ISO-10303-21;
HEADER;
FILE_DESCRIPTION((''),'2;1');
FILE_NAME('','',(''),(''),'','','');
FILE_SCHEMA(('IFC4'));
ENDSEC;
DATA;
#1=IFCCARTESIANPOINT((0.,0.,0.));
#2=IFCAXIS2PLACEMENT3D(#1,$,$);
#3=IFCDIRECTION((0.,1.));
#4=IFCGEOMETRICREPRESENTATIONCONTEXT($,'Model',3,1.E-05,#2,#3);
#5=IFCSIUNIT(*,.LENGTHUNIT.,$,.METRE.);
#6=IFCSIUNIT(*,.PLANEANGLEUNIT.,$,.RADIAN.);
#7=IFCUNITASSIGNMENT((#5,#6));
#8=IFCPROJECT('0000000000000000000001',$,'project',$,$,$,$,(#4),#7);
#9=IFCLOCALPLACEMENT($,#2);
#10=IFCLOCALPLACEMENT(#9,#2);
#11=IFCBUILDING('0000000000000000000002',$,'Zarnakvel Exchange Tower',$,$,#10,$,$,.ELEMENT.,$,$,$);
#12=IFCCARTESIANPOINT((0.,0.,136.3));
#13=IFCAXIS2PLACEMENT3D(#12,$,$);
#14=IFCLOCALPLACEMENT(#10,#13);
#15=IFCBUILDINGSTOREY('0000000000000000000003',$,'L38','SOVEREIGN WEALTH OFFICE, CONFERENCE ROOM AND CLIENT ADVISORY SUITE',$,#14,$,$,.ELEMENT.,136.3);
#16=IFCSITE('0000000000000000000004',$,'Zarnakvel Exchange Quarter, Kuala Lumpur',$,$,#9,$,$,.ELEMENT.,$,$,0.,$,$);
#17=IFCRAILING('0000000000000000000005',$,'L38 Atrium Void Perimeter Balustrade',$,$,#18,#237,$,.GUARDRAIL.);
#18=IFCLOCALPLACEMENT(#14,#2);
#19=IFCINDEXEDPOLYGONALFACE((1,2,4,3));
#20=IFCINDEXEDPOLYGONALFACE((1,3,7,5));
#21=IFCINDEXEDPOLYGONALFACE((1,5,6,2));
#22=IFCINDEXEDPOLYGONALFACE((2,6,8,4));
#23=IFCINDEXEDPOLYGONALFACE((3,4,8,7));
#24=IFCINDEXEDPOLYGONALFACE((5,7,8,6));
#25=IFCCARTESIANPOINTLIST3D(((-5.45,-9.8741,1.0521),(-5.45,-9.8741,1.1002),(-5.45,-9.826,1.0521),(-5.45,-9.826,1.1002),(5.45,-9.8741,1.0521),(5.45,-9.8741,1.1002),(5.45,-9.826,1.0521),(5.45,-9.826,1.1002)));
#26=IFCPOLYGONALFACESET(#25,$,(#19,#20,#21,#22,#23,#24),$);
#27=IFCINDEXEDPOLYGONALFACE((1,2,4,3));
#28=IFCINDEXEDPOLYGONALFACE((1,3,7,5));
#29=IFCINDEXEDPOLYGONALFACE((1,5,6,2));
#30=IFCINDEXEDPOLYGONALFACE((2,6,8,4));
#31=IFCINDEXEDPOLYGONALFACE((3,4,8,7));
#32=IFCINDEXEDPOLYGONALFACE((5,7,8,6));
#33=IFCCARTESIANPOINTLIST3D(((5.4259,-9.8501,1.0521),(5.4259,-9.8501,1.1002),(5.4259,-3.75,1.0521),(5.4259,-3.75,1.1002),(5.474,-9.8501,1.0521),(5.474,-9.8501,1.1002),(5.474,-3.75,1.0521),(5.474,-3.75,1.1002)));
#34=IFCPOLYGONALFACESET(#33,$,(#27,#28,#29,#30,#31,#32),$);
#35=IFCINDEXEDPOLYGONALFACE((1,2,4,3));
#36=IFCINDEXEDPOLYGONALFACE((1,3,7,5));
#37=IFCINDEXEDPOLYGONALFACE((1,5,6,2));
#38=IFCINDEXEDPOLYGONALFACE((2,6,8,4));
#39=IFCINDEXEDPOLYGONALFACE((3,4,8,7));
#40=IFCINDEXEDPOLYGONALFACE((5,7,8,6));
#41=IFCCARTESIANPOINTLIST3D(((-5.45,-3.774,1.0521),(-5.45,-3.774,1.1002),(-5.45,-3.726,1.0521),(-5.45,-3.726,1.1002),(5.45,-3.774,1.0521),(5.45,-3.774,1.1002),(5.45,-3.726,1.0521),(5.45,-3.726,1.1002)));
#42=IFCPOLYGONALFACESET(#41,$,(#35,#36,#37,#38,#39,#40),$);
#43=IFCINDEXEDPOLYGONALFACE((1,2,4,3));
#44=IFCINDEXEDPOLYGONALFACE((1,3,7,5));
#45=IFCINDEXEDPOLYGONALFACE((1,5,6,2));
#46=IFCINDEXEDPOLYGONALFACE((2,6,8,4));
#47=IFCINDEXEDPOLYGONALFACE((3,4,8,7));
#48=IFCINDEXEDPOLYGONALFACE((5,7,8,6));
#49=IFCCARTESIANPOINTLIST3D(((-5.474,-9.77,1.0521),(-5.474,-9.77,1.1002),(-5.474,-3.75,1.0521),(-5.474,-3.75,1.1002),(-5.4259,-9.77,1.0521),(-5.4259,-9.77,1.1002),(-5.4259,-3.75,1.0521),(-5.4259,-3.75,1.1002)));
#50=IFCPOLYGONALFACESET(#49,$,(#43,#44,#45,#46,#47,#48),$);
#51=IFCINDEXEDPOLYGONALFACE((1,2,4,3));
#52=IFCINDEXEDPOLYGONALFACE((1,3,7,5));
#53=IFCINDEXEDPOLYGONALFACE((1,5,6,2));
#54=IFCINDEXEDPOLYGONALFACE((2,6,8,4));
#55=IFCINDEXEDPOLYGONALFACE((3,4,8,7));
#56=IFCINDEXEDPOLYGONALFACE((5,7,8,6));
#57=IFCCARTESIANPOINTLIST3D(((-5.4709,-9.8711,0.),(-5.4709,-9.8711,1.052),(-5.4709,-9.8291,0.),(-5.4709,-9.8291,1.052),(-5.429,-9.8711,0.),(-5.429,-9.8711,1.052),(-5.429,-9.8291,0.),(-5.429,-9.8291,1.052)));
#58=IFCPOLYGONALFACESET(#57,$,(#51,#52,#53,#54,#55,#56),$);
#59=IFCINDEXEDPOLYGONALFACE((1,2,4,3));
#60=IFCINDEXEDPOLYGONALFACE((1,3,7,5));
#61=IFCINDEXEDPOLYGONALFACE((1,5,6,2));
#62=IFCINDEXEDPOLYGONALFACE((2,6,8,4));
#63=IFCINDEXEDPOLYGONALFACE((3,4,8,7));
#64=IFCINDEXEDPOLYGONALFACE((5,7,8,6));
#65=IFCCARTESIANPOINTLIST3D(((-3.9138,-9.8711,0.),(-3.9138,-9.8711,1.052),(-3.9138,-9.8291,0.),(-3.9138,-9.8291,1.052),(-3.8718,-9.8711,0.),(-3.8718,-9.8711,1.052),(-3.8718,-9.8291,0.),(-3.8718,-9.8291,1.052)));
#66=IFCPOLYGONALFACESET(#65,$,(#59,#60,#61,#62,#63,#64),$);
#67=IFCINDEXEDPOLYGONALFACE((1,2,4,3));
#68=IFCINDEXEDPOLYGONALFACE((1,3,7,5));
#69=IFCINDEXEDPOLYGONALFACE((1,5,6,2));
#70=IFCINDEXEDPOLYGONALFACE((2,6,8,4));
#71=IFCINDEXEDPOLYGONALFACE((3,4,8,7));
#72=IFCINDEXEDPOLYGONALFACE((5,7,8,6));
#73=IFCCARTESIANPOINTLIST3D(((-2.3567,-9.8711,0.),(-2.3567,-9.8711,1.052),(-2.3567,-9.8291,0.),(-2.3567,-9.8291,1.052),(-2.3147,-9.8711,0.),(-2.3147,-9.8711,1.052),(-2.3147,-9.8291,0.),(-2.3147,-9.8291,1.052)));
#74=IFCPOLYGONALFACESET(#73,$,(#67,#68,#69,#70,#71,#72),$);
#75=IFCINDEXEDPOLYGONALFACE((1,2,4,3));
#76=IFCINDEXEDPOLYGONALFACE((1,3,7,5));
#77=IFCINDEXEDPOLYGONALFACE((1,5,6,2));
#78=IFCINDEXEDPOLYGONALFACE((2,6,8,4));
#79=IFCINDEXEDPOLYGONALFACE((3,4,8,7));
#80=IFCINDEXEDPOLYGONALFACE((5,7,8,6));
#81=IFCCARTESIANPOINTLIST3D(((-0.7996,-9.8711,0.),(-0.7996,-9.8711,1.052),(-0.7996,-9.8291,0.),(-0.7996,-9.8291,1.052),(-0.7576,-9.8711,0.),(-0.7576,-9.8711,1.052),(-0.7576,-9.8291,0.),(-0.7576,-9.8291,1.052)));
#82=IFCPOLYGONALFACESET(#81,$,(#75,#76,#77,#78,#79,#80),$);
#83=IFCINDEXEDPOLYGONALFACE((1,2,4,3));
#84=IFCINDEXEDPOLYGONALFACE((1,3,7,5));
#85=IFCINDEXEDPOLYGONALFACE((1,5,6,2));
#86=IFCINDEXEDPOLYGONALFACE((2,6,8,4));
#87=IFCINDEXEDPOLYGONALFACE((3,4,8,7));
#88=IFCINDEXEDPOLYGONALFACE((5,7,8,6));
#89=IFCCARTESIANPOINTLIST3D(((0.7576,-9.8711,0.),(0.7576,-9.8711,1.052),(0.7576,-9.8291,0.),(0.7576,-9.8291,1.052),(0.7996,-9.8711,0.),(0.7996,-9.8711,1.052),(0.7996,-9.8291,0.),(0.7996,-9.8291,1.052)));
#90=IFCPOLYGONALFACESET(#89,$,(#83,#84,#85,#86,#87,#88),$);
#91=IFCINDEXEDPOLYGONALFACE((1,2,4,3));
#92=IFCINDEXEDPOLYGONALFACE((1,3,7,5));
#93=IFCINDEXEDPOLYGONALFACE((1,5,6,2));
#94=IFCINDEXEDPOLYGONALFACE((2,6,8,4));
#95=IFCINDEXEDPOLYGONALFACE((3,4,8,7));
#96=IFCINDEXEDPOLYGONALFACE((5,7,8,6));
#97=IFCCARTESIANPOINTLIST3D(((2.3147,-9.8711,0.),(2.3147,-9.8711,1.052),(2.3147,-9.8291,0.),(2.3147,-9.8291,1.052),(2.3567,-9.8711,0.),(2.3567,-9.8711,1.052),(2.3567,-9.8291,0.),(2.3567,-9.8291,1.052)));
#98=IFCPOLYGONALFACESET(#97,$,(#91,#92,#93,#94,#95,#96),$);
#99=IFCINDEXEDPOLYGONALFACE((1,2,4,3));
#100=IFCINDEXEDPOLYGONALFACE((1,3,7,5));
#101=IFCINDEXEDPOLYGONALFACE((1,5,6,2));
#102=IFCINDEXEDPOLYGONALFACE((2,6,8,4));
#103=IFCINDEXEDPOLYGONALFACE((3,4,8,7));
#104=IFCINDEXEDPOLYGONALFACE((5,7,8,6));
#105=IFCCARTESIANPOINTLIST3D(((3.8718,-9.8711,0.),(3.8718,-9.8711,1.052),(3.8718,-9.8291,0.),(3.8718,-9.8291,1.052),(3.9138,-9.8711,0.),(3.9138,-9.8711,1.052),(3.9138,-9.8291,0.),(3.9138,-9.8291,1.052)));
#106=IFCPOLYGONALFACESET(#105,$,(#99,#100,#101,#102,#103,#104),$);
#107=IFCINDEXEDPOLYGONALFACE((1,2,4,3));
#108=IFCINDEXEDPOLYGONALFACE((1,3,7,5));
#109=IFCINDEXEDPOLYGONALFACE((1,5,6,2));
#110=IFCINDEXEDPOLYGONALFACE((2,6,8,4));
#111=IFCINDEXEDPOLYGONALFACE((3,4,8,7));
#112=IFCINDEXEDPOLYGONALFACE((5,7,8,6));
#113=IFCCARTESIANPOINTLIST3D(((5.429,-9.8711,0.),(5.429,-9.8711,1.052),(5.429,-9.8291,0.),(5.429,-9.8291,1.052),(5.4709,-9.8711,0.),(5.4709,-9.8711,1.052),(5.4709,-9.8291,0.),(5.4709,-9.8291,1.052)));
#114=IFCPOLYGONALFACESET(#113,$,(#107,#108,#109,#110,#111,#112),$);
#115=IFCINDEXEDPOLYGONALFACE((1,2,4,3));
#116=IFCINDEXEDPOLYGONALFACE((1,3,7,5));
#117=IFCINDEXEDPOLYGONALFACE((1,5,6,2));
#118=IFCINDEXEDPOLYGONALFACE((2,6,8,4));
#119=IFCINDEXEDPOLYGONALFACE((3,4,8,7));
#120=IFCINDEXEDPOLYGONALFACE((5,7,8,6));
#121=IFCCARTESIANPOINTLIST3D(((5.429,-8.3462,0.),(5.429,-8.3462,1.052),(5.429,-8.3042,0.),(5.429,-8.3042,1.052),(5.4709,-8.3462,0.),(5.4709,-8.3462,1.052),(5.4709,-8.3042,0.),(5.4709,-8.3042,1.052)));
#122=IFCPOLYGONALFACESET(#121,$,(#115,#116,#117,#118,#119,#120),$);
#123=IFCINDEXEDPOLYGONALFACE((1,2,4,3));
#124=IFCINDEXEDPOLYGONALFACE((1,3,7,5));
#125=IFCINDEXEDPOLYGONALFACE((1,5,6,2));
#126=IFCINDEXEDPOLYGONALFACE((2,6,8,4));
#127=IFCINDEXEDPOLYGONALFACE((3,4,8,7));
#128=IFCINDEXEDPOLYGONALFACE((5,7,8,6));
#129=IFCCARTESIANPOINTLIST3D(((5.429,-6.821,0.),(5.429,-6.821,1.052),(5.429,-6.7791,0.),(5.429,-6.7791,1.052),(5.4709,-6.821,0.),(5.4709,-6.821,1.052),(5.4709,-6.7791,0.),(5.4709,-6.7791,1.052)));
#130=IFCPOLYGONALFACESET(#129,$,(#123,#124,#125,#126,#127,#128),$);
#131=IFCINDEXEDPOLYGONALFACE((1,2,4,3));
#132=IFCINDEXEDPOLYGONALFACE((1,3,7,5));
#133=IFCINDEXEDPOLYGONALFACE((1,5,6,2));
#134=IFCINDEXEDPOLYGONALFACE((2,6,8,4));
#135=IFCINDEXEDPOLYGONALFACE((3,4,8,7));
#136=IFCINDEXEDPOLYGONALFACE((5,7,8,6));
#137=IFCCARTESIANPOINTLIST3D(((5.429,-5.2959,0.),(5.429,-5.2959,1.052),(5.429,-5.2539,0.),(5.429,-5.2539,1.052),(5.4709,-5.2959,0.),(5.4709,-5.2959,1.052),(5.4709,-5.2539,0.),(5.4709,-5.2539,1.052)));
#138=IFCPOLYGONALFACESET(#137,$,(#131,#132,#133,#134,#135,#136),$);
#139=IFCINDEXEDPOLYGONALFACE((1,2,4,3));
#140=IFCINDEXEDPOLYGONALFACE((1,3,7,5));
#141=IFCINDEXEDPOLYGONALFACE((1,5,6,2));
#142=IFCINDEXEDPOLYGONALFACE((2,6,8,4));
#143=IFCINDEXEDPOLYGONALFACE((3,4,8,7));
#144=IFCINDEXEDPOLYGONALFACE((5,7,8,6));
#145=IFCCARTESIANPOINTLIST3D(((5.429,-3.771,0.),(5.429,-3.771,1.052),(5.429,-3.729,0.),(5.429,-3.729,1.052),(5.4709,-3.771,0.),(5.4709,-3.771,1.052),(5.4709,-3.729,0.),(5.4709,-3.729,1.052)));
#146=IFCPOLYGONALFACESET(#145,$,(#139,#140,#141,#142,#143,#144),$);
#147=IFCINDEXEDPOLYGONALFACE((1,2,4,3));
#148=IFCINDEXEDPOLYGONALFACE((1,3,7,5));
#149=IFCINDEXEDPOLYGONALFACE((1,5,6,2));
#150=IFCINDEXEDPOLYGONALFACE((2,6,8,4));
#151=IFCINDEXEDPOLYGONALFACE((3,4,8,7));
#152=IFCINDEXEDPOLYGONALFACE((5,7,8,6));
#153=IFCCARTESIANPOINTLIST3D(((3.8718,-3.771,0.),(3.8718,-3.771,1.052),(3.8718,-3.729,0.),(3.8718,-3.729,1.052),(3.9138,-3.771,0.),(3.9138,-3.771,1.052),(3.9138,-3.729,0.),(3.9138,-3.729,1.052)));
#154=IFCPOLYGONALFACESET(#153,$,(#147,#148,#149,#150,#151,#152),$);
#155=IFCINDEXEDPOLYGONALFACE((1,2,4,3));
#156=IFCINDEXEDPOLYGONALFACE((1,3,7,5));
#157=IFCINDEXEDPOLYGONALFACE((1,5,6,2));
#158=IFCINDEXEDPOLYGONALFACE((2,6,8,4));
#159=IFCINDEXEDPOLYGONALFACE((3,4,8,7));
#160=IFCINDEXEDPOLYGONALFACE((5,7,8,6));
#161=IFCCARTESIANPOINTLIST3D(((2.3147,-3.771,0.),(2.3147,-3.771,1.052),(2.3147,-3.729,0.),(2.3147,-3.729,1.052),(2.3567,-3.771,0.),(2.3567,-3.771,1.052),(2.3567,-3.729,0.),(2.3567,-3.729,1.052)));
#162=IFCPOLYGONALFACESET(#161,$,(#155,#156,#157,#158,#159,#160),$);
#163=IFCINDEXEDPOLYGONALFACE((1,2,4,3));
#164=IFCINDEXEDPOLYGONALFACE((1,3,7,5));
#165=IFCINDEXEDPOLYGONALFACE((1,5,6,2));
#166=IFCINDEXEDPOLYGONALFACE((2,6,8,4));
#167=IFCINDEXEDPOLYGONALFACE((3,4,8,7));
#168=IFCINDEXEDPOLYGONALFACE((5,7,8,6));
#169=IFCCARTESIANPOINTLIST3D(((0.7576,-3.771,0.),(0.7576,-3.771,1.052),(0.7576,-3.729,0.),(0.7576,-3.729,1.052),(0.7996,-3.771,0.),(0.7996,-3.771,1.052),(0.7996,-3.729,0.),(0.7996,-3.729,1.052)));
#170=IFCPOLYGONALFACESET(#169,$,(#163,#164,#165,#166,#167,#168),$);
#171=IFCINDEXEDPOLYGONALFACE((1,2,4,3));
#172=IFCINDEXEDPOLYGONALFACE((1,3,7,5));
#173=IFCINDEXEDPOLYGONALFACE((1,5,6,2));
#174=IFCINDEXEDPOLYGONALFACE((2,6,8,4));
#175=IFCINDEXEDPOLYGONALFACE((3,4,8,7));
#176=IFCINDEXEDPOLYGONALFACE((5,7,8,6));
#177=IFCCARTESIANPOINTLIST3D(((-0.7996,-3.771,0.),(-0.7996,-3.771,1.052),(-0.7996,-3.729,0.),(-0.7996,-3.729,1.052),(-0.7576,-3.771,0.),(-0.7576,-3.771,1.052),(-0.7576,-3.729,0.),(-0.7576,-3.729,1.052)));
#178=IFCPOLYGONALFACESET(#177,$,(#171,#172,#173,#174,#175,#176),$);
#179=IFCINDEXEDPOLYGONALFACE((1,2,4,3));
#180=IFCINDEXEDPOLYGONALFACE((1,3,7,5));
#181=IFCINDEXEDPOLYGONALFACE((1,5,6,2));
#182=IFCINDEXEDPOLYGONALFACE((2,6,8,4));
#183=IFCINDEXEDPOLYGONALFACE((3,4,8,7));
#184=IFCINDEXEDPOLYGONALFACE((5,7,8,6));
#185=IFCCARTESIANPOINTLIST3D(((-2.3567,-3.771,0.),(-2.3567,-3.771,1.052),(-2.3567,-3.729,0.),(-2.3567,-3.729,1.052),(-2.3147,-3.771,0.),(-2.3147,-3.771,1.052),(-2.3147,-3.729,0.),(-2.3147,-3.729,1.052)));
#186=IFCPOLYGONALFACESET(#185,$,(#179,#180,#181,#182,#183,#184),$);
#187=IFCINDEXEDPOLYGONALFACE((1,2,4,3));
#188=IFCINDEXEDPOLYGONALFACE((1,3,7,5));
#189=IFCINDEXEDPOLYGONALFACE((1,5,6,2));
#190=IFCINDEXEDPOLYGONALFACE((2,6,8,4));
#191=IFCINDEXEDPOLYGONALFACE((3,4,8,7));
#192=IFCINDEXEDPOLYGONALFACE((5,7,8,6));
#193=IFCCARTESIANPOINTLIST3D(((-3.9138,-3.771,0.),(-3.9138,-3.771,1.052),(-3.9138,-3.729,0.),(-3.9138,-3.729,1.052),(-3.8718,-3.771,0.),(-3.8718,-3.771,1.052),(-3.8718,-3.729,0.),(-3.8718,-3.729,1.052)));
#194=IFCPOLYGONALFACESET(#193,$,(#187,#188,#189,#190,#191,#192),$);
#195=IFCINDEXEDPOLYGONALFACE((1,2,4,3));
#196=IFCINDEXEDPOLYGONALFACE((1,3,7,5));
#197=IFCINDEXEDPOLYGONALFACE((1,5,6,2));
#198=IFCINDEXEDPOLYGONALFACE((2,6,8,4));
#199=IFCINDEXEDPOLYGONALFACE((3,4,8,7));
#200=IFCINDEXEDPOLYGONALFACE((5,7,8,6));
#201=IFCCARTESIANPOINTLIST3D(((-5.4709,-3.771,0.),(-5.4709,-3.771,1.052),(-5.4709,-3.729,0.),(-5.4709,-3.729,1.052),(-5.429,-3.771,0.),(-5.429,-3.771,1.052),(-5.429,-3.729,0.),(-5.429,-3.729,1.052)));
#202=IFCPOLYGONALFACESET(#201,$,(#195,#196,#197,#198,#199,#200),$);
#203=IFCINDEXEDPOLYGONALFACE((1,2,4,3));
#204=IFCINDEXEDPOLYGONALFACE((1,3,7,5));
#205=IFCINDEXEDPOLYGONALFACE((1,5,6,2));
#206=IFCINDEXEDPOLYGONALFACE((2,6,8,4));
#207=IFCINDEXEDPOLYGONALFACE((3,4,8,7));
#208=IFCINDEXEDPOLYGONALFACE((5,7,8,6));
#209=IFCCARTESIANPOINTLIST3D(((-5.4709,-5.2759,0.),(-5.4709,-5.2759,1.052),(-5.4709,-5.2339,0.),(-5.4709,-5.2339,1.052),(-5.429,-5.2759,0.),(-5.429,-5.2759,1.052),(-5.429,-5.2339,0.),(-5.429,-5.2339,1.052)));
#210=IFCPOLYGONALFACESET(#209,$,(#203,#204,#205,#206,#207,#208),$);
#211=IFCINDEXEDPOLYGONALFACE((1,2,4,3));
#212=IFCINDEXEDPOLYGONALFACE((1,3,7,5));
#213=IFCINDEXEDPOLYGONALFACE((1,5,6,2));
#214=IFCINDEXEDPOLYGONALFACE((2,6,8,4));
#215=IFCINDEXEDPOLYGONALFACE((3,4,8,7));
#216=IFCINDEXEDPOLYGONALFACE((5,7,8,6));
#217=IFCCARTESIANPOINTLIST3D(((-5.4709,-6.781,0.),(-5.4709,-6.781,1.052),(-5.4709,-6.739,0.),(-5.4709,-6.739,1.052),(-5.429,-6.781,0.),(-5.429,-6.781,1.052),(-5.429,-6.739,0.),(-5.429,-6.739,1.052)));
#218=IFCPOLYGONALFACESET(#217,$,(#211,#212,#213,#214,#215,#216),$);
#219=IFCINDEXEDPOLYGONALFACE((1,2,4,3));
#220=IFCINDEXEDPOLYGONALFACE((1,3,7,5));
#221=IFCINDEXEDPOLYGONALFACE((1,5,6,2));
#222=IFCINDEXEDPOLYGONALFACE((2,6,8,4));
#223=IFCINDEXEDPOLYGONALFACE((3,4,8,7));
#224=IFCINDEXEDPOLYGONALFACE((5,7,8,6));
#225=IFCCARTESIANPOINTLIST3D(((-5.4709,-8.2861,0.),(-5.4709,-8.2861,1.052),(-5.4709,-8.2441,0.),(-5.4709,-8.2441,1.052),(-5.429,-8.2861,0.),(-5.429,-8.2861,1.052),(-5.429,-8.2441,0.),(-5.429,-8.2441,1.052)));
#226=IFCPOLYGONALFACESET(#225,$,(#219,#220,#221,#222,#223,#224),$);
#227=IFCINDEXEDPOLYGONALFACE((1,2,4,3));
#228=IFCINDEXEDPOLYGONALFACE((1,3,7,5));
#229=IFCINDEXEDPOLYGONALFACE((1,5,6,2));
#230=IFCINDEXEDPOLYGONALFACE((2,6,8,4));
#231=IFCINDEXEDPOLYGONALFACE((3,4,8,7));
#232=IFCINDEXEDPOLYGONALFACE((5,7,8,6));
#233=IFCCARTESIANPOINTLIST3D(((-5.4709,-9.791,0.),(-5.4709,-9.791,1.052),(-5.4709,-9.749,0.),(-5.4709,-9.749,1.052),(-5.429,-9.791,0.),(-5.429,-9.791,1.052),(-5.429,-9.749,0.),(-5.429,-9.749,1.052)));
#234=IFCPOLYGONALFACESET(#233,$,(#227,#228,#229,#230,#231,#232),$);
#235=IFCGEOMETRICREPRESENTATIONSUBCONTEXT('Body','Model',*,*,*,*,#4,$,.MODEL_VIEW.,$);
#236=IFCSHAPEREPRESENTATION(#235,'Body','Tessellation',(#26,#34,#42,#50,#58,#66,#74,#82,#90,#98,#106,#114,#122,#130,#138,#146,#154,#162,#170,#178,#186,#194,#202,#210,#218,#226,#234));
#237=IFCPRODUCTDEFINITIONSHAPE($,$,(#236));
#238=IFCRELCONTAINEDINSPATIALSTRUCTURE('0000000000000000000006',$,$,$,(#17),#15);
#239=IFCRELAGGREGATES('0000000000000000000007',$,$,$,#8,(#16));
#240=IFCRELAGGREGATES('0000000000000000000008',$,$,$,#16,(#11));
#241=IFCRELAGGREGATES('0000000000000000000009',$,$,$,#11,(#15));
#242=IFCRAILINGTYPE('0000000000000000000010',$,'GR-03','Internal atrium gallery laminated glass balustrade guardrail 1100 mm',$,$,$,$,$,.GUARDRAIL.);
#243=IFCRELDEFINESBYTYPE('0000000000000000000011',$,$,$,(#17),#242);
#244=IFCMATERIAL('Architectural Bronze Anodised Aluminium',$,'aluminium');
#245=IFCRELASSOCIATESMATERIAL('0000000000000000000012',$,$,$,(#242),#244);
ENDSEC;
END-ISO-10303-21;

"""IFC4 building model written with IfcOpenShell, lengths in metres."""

from ifc_helpers import new_model, si_unit, direction, frame, origin, origin_2d, place, context, subcontext, project, spatial, rectangle, extrude, material, type_object, element, save


model = new_model("IFC4")

# Units and contexts
model_context = context("Model", 3, precision=1e-05, world=origin(), true_north=direction((0.0, 1.0)))
body_context = subcontext(model_context, "Body", "Model", "MODEL_VIEW")
ifc_project = project(units=[si_unit("LENGTHUNIT", "METRE"), si_unit("PLANEANGLEUNIT", "RADIAN")], contexts=[model_context])

# Site, building, storey
site_placement = place(None, origin())
site = spatial("IfcSite", under=ifc_project, at=site_placement, Name="Zarnakvel Exchange Quarter, Kuala Lumpur", CompositionType="ELEMENT", RefElevation=0.0)
building_placement = place(site_placement, origin())
building = spatial("IfcBuilding", under=site, at=building_placement, Name="Zarnakvel Exchange Tower", CompositionType="ELEMENT")
storey_placement = place(building_placement, frame((0.0, 0.0, 136.3)))
storey = spatial("IfcBuildingStorey", under=building, at=storey_placement, Name="L38", Description="SOVEREIGN WEALTH OFFICE, CONFERENCE ROOM AND CLIENT ADVISORY SUITE", CompositionType="ELEMENT", Elevation=136.3)

# Shared definitions
ifc_material_1 = material(Name="Architectural Bronze Anodised Aluminium", Category="aluminium")

# Railing
railing_type_1 = type_object("IfcRailingType", Name="GR-03", Description="Internal atrium gallery laminated glass balustrade guardrail 1100 mm", PredefinedType="GUARDRAIL", material=ifc_material_1)
railing_1_placement = place(storey_placement, frame((-5.45, -9.8501, 0.0)))
element("IfcRailing", 1, at=railing_1_placement, inside=storey, type_object=railing_type_1, Name="L38 Atrium Void Perimeter Balustrade", PredefinedType="GUARDRAIL", context=body_context, shape_type="SweptSolid", body=[
    extrude(rectangle(XDim=0.0481, YDim=0.0481, at=origin_2d()), frame((0.0, 0.0, 1.0762), z_axis=(1.0, 0.0, 0.0), x_axis=(0.0, 1.0, 0.0)), (0.0, 0.0, 1.0), 10.8999),
    extrude(rectangle(XDim=0.0481, YDim=0.0481, at=origin_2d()), frame((10.8999, 0.0, 1.0762), z_axis=(0.0, 1.0, 0.0), x_axis=(-1.0, 0.0, 0.0)), (0.0, 0.0, 1.0), 6.1001),
    extrude(rectangle(XDim=0.0481, YDim=0.0481, at=origin_2d()), frame((10.8999, 6.1001, 1.0762), z_axis=(-1.0, 0.0, 0.0), x_axis=(0.0, -1.0, 0.0)), (0.0, 0.0, 1.0), 10.8999),
    extrude(rectangle(XDim=0.0481, YDim=0.0481, at=origin_2d()), frame((0.0, 6.1001, 1.0762), z_axis=(0.0, -1.0, 0.0), x_axis=(1.0, 0.0, 0.0)), (0.0, 0.0, 1.0), 6.02),
    extrude(rectangle(XDim=0.042, YDim=0.042, at=origin_2d()), origin(), (0.0, 0.0, 1.0), 1.052),
    extrude(rectangle(XDim=0.042, YDim=0.042, at=origin_2d()), frame((1.5571, 0.0, 0.0)), (0.0, 0.0, 1.0), 1.052),
    extrude(rectangle(XDim=0.042, YDim=0.042, at=origin_2d()), frame((3.1143, 0.0, 0.0)), (0.0, 0.0, 1.0), 1.052),
    extrude(rectangle(XDim=0.042, YDim=0.042, at=origin_2d()), frame((4.6714, 0.0, 0.0)), (0.0, 0.0, 1.0), 1.052),
    extrude(rectangle(XDim=0.042, YDim=0.042, at=origin_2d()), frame((6.2285, 0.0, 0.0)), (0.0, 0.0, 1.0), 1.052),
    extrude(rectangle(XDim=0.042, YDim=0.042, at=origin_2d()), frame((7.7856, 0.0, 0.0)), (0.0, 0.0, 1.0), 1.052),
    extrude(rectangle(XDim=0.042, YDim=0.042, at=origin_2d()), frame((9.3428, 0.0, 0.0)), (0.0, 0.0, 1.0), 1.052),
    extrude(rectangle(XDim=0.042, YDim=0.042, at=origin_2d()), frame((10.8999, 0.0, 0.0)), (0.0, 0.0, 1.0), 1.052),
    extrude(rectangle(XDim=0.042, YDim=0.042, at=origin_2d()), frame((10.8999, 1.5249, 0.0)), (0.0, 0.0, 1.0), 1.052),
    extrude(rectangle(XDim=0.042, YDim=0.042, at=origin_2d()), frame((10.8999, 3.05, 0.0)), (0.0, 0.0, 1.0), 1.052),
    extrude(rectangle(XDim=0.042, YDim=0.042, at=origin_2d()), frame((10.8999, 4.5752, 0.0)), (0.0, 0.0, 1.0), 1.052),
    extrude(rectangle(XDim=0.042, YDim=0.042, at=origin_2d()), frame((10.8999, 6.1001, 0.0)), (0.0, 0.0, 1.0), 1.052),
    extrude(rectangle(XDim=0.042, YDim=0.042, at=origin_2d()), frame((9.3428, 6.1001, 0.0)), (0.0, 0.0, 1.0), 1.052),
    extrude(rectangle(XDim=0.042, YDim=0.042, at=origin_2d()), frame((7.7856, 6.1001, 0.0)), (0.0, 0.0, 1.0), 1.052),
    extrude(rectangle(XDim=0.042, YDim=0.042, at=origin_2d()), frame((6.2285, 6.1001, 0.0)), (0.0, 0.0, 1.0), 1.052),
    extrude(rectangle(XDim=0.042, YDim=0.042, at=origin_2d()), frame((4.6714, 6.1001, 0.0)), (0.0, 0.0, 1.0), 1.052),
    extrude(rectangle(XDim=0.042, YDim=0.042, at=origin_2d()), frame((3.1143, 6.1001, 0.0)), (0.0, 0.0, 1.0), 1.052),
    extrude(rectangle(XDim=0.042, YDim=0.042, at=origin_2d()), frame((1.5571, 6.1001, 0.0)), (0.0, 0.0, 1.0), 1.052),
    extrude(rectangle(XDim=0.042, YDim=0.042, at=origin_2d()), frame((0.0, 6.1001, 0.0)), (0.0, 0.0, 1.0), 1.052),
    extrude(rectangle(XDim=0.042, YDim=0.042, at=origin_2d()), frame((0.0, 4.5952, 0.0)), (0.0, 0.0, 1.0), 1.052),
    extrude(rectangle(XDim=0.042, YDim=0.042, at=origin_2d()), frame((0.0, 3.0901, 0.0)), (0.0, 0.0, 1.0), 1.052),
    extrude(rectangle(XDim=0.042, YDim=0.042, at=origin_2d()), frame((0.0, 1.585, 0.0)), (0.0, 0.0, 1.0), 1.052),
    extrude(rectangle(XDim=0.042, YDim=0.042, at=origin_2d()), frame((0.0, 0.0801, 0.0)), (0.0, 0.0, 1.0), 1.052),
])

save(model, "model.ifc")
